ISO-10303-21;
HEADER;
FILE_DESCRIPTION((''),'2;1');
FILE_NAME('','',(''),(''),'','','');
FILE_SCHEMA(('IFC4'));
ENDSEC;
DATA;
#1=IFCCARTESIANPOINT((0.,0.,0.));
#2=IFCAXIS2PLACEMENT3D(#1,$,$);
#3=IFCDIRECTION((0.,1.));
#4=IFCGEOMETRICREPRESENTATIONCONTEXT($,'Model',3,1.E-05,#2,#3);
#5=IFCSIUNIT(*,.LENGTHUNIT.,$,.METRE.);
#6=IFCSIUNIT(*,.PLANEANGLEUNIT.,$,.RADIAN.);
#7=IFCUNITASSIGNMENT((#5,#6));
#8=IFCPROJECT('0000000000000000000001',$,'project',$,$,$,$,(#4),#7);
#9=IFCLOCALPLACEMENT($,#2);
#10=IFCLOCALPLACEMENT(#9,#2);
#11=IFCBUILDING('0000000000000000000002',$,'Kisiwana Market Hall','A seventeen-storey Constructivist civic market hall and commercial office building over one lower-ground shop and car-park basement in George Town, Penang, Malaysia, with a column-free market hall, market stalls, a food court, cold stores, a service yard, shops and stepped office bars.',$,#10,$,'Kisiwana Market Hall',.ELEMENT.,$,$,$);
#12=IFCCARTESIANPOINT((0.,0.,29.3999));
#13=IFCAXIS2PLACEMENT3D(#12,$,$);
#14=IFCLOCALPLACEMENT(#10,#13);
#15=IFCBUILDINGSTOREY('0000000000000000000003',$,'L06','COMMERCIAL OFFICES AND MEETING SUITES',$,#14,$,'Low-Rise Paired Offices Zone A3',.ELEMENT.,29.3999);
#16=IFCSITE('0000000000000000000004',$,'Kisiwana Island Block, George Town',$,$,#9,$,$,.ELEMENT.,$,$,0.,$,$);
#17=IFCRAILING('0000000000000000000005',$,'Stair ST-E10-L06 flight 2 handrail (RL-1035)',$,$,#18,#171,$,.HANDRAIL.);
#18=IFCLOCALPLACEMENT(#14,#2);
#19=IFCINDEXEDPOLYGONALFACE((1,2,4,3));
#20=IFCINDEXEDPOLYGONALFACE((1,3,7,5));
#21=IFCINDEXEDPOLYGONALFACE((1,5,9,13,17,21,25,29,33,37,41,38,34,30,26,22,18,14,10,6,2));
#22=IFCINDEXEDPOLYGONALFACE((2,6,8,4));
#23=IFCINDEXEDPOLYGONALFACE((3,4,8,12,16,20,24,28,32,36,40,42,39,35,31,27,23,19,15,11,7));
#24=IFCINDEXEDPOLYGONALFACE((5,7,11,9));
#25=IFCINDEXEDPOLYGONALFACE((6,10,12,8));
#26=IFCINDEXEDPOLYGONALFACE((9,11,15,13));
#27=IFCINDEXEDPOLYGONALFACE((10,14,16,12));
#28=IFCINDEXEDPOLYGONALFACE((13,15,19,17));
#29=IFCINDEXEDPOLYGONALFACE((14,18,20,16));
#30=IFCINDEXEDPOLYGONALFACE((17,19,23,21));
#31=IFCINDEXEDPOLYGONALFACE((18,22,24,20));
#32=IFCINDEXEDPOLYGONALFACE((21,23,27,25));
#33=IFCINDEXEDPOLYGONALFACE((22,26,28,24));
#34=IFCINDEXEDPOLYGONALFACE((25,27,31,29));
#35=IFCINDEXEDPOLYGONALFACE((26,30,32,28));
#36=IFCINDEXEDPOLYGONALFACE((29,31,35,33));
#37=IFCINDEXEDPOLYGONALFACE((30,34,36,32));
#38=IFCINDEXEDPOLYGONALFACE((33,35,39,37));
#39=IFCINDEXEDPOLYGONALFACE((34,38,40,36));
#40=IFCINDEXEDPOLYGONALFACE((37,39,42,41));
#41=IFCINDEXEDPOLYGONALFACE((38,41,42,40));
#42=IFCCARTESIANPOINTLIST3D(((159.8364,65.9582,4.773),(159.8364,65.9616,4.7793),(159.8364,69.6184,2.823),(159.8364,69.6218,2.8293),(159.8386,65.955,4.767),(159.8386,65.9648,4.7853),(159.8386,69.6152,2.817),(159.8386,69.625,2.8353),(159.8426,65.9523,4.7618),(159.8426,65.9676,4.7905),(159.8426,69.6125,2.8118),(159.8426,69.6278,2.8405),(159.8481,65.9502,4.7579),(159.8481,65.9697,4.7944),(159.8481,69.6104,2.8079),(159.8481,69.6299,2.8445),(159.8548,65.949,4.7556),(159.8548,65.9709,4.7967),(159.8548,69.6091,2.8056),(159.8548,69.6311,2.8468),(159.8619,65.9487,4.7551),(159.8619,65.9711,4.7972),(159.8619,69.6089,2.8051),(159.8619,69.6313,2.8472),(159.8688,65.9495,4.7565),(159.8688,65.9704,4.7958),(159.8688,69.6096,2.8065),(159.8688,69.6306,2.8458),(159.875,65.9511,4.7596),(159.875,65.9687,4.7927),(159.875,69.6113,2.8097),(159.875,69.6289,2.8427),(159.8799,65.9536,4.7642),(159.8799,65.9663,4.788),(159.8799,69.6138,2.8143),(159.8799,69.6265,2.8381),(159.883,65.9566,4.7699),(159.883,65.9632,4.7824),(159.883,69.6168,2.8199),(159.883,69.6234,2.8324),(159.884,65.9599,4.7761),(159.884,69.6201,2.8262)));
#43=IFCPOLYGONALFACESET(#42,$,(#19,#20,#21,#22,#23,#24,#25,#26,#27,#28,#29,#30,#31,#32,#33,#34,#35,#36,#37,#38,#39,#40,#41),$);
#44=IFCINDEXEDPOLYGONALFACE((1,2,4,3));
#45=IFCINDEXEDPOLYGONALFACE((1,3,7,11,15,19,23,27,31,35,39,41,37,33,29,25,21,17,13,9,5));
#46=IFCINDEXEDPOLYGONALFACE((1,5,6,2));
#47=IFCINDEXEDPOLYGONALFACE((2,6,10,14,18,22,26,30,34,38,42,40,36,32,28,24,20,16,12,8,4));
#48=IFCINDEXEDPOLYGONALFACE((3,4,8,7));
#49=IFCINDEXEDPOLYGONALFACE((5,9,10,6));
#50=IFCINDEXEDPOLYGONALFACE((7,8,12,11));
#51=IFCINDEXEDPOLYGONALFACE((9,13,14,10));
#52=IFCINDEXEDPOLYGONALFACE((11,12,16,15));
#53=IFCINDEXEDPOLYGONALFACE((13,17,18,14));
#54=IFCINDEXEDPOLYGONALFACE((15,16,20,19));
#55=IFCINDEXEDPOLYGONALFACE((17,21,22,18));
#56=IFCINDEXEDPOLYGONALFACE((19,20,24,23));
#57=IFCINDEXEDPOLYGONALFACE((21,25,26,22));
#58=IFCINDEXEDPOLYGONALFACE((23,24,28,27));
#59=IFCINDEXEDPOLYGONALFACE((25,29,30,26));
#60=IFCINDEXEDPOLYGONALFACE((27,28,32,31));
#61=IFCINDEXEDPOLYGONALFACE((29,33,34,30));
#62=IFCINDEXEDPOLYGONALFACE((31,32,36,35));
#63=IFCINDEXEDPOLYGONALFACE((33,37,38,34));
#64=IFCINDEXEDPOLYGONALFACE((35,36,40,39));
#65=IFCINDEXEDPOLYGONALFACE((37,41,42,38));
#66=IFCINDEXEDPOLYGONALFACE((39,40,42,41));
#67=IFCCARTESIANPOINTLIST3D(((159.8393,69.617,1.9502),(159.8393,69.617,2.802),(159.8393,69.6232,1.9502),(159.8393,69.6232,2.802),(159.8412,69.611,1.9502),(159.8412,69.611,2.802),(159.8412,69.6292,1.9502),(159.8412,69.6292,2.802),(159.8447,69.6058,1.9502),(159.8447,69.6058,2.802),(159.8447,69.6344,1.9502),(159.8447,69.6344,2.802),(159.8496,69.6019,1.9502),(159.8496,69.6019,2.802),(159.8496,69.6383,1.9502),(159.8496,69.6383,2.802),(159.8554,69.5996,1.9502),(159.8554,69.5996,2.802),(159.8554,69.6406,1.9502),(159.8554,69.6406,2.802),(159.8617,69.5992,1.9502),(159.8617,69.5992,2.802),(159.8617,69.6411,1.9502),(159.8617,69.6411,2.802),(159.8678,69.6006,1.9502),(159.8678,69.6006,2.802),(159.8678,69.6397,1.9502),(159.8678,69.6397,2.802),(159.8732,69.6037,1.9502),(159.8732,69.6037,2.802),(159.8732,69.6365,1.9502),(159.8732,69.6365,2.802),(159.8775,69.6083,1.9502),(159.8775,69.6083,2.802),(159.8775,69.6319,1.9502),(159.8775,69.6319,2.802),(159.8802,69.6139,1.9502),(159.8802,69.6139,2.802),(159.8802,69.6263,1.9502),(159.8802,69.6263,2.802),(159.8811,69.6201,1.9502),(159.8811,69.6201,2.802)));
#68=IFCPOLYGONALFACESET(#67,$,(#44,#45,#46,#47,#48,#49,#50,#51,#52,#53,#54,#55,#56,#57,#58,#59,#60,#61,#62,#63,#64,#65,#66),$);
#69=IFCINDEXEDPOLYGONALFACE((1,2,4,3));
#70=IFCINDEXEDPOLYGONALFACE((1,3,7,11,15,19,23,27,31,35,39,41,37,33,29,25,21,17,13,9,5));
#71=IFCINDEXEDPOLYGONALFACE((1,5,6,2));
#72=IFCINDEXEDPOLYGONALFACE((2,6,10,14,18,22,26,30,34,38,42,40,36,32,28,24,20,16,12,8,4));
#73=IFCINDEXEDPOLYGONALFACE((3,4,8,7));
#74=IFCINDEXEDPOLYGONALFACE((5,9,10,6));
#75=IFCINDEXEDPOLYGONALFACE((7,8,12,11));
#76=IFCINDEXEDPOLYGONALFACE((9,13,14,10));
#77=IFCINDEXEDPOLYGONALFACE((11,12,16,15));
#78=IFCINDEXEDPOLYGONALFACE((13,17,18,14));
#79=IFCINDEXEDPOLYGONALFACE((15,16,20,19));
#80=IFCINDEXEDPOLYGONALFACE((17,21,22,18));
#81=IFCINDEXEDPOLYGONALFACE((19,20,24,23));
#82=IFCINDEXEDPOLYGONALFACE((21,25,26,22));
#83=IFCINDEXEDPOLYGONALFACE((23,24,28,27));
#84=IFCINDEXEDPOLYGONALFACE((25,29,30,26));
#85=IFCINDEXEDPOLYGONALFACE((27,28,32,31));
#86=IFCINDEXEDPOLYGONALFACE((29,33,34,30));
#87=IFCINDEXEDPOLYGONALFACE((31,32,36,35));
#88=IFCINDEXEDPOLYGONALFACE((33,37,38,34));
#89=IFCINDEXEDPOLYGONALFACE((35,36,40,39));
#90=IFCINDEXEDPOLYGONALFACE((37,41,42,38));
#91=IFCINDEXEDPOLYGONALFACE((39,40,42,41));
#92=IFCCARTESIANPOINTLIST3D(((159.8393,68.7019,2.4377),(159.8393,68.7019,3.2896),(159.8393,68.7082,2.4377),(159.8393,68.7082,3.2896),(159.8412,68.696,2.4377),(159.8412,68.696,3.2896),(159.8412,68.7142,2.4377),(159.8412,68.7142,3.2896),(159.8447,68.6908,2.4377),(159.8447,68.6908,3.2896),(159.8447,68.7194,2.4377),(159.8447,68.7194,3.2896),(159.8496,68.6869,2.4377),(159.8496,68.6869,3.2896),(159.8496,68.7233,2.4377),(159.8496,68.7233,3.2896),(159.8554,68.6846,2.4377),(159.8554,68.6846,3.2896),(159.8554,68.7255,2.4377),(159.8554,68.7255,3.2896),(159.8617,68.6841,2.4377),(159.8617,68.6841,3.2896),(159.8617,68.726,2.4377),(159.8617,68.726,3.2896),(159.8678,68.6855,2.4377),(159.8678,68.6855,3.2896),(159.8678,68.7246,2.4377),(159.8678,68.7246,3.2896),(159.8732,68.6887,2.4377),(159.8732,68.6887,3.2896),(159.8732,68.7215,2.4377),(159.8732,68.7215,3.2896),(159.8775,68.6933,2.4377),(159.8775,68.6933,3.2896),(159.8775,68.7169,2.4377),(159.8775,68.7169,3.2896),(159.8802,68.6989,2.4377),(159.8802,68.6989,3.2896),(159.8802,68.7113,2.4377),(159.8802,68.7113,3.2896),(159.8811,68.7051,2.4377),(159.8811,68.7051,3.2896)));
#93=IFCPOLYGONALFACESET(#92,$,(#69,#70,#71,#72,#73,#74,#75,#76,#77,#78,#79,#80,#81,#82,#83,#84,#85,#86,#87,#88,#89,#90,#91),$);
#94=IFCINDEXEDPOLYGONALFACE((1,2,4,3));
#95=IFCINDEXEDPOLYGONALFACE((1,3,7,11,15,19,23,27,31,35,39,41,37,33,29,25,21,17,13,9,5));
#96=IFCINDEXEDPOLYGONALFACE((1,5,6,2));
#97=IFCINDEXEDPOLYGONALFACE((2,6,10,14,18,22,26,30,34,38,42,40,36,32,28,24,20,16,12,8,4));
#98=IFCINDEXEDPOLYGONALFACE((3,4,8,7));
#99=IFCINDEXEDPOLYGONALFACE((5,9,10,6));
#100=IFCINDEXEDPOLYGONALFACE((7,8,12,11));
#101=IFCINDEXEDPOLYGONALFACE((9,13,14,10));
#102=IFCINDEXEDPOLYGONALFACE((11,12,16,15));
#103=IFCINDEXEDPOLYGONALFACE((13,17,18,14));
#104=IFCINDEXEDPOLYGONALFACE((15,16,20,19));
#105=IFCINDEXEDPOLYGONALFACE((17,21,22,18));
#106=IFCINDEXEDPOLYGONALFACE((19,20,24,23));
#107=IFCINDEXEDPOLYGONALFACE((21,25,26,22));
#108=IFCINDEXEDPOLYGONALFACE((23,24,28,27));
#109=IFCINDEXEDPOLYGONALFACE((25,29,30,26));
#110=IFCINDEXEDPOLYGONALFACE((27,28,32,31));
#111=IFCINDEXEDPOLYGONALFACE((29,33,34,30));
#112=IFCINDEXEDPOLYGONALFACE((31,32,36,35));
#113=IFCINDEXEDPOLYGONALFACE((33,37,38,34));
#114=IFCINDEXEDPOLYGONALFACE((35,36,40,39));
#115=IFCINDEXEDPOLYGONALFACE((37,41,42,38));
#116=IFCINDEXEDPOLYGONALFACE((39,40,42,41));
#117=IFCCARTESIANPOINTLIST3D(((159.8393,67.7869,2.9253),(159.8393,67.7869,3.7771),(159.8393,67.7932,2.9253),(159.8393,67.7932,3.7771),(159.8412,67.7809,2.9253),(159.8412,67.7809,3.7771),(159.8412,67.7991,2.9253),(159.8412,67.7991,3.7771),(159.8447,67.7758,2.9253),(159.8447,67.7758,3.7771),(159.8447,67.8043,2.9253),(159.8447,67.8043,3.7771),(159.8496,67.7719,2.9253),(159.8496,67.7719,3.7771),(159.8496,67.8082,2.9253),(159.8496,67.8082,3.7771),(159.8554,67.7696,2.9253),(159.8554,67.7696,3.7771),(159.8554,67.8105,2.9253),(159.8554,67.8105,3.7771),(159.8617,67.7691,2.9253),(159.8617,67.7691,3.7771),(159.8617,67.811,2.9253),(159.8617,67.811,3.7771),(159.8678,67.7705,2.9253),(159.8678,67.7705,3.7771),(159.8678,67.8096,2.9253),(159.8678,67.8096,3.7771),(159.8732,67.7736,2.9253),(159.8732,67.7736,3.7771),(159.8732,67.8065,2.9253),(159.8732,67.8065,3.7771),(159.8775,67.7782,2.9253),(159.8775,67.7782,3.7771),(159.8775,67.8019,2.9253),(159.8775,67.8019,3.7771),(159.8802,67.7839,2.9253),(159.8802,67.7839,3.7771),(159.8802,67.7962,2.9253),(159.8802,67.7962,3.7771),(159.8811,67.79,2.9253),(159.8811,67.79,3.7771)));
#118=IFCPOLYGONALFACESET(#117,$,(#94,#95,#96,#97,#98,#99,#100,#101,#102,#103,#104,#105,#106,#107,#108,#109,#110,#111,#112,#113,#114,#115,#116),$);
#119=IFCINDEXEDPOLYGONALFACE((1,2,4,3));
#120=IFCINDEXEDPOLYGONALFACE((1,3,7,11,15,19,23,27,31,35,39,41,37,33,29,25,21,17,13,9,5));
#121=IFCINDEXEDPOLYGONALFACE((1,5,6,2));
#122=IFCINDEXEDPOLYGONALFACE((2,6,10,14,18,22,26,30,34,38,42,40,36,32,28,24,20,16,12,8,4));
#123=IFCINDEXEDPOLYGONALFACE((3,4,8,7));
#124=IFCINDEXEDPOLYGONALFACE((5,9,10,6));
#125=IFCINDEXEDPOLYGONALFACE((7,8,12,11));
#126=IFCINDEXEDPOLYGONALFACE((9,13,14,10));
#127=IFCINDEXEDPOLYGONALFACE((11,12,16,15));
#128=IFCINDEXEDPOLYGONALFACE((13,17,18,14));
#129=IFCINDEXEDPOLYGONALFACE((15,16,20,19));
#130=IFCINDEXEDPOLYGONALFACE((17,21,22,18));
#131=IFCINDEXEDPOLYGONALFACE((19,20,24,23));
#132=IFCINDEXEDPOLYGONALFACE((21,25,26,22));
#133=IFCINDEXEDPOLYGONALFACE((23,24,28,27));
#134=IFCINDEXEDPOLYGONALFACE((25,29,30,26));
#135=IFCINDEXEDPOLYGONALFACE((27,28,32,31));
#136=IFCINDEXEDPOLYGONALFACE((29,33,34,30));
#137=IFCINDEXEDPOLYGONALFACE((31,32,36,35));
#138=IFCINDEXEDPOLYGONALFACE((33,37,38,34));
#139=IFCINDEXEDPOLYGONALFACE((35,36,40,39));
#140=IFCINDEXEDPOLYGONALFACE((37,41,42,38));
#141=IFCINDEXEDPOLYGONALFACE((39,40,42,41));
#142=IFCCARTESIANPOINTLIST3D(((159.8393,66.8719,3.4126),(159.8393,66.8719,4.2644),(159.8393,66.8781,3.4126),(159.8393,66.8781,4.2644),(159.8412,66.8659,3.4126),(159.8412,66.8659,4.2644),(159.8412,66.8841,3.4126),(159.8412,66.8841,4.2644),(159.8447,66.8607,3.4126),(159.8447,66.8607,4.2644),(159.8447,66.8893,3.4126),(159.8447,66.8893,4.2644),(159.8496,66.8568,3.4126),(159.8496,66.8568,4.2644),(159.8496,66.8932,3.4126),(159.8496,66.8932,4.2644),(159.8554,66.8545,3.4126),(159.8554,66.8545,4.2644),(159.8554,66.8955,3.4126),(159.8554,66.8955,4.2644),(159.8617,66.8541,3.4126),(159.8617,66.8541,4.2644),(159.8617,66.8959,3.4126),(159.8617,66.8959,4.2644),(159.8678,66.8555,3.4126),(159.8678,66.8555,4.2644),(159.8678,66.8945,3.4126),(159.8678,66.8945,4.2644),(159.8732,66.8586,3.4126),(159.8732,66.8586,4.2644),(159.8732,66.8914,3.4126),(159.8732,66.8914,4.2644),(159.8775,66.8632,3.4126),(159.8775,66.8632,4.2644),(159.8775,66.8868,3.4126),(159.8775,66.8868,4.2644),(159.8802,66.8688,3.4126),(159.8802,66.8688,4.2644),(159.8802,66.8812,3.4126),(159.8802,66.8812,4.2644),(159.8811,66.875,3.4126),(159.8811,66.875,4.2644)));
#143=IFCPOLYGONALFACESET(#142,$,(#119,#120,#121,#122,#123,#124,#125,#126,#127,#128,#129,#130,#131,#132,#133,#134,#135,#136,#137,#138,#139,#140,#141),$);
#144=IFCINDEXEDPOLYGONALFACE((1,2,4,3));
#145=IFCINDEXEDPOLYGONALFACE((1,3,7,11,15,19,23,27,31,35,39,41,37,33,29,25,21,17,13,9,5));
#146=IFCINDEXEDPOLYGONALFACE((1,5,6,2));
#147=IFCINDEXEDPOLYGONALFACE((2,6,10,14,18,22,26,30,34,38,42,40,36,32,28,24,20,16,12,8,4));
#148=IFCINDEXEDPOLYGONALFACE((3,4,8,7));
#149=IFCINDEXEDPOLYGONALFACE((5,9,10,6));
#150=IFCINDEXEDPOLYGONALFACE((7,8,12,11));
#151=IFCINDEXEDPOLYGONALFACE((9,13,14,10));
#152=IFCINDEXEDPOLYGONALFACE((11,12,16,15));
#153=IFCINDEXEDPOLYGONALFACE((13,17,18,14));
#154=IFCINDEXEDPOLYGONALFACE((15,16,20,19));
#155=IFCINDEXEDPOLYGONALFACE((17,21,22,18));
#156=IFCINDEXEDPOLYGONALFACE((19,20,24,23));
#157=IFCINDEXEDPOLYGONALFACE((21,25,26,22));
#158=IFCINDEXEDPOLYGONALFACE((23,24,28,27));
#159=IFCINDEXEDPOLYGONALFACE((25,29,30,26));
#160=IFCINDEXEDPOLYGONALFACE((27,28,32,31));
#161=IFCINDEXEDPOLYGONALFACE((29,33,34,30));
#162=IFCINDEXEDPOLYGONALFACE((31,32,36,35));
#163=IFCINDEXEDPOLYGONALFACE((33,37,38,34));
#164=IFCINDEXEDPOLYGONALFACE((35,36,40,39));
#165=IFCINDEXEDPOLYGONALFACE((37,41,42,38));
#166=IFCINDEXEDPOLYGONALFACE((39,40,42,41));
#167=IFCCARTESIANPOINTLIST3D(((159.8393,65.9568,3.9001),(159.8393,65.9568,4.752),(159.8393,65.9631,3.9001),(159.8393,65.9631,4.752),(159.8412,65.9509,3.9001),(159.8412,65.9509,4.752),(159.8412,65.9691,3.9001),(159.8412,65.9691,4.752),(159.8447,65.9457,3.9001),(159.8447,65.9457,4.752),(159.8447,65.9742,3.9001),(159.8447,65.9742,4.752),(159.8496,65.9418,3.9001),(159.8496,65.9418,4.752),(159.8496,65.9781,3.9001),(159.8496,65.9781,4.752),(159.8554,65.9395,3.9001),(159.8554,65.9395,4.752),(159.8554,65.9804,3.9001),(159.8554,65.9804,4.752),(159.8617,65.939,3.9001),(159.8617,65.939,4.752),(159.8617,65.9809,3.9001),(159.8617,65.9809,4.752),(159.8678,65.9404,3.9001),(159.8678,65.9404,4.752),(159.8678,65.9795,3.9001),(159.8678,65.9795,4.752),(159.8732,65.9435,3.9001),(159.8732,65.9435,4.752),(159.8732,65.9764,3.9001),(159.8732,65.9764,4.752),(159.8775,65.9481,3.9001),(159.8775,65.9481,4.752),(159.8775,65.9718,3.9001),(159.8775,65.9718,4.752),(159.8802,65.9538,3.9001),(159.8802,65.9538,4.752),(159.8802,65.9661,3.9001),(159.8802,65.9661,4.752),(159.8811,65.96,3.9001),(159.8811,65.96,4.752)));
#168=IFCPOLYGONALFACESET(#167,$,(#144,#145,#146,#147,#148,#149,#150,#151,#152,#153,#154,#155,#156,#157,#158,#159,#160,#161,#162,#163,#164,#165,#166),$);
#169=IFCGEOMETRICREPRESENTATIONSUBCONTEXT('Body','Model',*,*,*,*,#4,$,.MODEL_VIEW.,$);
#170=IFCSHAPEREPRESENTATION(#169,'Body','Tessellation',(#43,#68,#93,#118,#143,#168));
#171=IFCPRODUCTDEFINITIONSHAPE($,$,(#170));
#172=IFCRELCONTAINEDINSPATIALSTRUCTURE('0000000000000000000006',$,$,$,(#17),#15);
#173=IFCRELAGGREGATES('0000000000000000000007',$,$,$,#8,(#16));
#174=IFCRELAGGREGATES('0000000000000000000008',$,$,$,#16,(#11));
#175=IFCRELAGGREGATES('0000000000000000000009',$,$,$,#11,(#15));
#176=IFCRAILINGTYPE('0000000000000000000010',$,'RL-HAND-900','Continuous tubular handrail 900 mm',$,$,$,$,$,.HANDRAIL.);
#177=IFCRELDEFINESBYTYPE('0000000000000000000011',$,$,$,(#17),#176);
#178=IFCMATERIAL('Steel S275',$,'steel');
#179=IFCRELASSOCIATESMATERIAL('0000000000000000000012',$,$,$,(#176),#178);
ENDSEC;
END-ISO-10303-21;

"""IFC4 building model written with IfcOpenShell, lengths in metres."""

from ifc_helpers import new_model, si_unit, direction, frame, origin, origin_2d, place, context, subcontext, project, spatial, circle, extrude, material, type_object, element, save


model = new_model("IFC4")

# Units and contexts
model_context = context("Model", 3, precision=1e-05, world=origin(), true_north=direction((0.0, 1.0)))
body_context = subcontext(model_context, "Body", "Model", "MODEL_VIEW")
ifc_project = project(units=[si_unit("LENGTHUNIT", "METRE"), si_unit("PLANEANGLEUNIT", "RADIAN")], contexts=[model_context])

# Site, building, storey
site_placement = place(None, origin())
site = spatial("IfcSite", under=ifc_project, at=site_placement, Name="Kisiwana Island Block, George Town", CompositionType="ELEMENT", RefElevation=0.0)
building_placement = place(site_placement, origin())
building = spatial("IfcBuilding", under=site, at=building_placement, Name="Kisiwana Market Hall", Description="A seventeen-storey Constructivist civic market hall and commercial office building over one lower-ground shop and car-park basement in George Town, Penang, Malaysia, with a column-free market hall, market stalls, a food court, cold stores, a service yard, shops and stepped office bars.", LongName="Kisiwana Market Hall", CompositionType="ELEMENT")
storey_placement = place(building_placement, frame((0.0, 0.0, 29.3999)))
storey = spatial("IfcBuildingStorey", under=building, at=storey_placement, Name="L06", Description="COMMERCIAL OFFICES AND MEETING SUITES", LongName="Low-Rise Paired Offices Zone A3", CompositionType="ELEMENT", Elevation=29.3999)

# Railing
ifc_material_1 = material(Name="Steel S275", Category="steel")
railing_type = type_object("IfcRailingType", Name="RL-HAND-900", Description="Continuous tubular handrail 900 mm", PredefinedType="HANDRAIL", material=ifc_material_1)
for number, where, name in (
    (1, (159.8601, 69.6201, 1.9502), "Stair ST-E10-L06 flight 2 handrail (RL-1035)"),
):
    element("IfcRailing", number, at=place(storey_placement, frame(where)), inside=storey, type_object=railing_type, Name=name, PredefinedType="HANDRAIL", context=body_context, shape_type="SweptSolid", body=[
        extrude(circle(Radius=0.0239, at=origin_2d()), frame((0.0, 0.0, 0.876), z_axis=(0.0, -0.882566, 0.470188), x_axis=(1.0, 0.0, 0.0)), (0.0, 0.0, 1.0), 4.1472),
        extrude(circle(Radius=0.021, at=origin_2d()), origin(), (0.0, 0.0, 1.0), 0.8518),
        extrude(circle(Radius=0.021, at=origin_2d()), frame((0.0, -0.915, 0.4875)), (0.0, 0.0, 1.0), 0.8518),
        extrude(circle(Radius=0.021, at=origin_2d()), frame((0.0, -1.8301, 0.9751)), (0.0, 0.0, 1.0), 0.8518),
        extrude(circle(Radius=0.021, at=origin_2d()), frame((0.0, -2.7451, 1.4624)), (0.0, 0.0, 1.0), 0.8518),
        extrude(circle(Radius=0.021, at=origin_2d()), frame((0.0, -3.6602, 1.95)), (0.0, 0.0, 1.0), 0.8518),
    ])

save(model, "model.ifc")
